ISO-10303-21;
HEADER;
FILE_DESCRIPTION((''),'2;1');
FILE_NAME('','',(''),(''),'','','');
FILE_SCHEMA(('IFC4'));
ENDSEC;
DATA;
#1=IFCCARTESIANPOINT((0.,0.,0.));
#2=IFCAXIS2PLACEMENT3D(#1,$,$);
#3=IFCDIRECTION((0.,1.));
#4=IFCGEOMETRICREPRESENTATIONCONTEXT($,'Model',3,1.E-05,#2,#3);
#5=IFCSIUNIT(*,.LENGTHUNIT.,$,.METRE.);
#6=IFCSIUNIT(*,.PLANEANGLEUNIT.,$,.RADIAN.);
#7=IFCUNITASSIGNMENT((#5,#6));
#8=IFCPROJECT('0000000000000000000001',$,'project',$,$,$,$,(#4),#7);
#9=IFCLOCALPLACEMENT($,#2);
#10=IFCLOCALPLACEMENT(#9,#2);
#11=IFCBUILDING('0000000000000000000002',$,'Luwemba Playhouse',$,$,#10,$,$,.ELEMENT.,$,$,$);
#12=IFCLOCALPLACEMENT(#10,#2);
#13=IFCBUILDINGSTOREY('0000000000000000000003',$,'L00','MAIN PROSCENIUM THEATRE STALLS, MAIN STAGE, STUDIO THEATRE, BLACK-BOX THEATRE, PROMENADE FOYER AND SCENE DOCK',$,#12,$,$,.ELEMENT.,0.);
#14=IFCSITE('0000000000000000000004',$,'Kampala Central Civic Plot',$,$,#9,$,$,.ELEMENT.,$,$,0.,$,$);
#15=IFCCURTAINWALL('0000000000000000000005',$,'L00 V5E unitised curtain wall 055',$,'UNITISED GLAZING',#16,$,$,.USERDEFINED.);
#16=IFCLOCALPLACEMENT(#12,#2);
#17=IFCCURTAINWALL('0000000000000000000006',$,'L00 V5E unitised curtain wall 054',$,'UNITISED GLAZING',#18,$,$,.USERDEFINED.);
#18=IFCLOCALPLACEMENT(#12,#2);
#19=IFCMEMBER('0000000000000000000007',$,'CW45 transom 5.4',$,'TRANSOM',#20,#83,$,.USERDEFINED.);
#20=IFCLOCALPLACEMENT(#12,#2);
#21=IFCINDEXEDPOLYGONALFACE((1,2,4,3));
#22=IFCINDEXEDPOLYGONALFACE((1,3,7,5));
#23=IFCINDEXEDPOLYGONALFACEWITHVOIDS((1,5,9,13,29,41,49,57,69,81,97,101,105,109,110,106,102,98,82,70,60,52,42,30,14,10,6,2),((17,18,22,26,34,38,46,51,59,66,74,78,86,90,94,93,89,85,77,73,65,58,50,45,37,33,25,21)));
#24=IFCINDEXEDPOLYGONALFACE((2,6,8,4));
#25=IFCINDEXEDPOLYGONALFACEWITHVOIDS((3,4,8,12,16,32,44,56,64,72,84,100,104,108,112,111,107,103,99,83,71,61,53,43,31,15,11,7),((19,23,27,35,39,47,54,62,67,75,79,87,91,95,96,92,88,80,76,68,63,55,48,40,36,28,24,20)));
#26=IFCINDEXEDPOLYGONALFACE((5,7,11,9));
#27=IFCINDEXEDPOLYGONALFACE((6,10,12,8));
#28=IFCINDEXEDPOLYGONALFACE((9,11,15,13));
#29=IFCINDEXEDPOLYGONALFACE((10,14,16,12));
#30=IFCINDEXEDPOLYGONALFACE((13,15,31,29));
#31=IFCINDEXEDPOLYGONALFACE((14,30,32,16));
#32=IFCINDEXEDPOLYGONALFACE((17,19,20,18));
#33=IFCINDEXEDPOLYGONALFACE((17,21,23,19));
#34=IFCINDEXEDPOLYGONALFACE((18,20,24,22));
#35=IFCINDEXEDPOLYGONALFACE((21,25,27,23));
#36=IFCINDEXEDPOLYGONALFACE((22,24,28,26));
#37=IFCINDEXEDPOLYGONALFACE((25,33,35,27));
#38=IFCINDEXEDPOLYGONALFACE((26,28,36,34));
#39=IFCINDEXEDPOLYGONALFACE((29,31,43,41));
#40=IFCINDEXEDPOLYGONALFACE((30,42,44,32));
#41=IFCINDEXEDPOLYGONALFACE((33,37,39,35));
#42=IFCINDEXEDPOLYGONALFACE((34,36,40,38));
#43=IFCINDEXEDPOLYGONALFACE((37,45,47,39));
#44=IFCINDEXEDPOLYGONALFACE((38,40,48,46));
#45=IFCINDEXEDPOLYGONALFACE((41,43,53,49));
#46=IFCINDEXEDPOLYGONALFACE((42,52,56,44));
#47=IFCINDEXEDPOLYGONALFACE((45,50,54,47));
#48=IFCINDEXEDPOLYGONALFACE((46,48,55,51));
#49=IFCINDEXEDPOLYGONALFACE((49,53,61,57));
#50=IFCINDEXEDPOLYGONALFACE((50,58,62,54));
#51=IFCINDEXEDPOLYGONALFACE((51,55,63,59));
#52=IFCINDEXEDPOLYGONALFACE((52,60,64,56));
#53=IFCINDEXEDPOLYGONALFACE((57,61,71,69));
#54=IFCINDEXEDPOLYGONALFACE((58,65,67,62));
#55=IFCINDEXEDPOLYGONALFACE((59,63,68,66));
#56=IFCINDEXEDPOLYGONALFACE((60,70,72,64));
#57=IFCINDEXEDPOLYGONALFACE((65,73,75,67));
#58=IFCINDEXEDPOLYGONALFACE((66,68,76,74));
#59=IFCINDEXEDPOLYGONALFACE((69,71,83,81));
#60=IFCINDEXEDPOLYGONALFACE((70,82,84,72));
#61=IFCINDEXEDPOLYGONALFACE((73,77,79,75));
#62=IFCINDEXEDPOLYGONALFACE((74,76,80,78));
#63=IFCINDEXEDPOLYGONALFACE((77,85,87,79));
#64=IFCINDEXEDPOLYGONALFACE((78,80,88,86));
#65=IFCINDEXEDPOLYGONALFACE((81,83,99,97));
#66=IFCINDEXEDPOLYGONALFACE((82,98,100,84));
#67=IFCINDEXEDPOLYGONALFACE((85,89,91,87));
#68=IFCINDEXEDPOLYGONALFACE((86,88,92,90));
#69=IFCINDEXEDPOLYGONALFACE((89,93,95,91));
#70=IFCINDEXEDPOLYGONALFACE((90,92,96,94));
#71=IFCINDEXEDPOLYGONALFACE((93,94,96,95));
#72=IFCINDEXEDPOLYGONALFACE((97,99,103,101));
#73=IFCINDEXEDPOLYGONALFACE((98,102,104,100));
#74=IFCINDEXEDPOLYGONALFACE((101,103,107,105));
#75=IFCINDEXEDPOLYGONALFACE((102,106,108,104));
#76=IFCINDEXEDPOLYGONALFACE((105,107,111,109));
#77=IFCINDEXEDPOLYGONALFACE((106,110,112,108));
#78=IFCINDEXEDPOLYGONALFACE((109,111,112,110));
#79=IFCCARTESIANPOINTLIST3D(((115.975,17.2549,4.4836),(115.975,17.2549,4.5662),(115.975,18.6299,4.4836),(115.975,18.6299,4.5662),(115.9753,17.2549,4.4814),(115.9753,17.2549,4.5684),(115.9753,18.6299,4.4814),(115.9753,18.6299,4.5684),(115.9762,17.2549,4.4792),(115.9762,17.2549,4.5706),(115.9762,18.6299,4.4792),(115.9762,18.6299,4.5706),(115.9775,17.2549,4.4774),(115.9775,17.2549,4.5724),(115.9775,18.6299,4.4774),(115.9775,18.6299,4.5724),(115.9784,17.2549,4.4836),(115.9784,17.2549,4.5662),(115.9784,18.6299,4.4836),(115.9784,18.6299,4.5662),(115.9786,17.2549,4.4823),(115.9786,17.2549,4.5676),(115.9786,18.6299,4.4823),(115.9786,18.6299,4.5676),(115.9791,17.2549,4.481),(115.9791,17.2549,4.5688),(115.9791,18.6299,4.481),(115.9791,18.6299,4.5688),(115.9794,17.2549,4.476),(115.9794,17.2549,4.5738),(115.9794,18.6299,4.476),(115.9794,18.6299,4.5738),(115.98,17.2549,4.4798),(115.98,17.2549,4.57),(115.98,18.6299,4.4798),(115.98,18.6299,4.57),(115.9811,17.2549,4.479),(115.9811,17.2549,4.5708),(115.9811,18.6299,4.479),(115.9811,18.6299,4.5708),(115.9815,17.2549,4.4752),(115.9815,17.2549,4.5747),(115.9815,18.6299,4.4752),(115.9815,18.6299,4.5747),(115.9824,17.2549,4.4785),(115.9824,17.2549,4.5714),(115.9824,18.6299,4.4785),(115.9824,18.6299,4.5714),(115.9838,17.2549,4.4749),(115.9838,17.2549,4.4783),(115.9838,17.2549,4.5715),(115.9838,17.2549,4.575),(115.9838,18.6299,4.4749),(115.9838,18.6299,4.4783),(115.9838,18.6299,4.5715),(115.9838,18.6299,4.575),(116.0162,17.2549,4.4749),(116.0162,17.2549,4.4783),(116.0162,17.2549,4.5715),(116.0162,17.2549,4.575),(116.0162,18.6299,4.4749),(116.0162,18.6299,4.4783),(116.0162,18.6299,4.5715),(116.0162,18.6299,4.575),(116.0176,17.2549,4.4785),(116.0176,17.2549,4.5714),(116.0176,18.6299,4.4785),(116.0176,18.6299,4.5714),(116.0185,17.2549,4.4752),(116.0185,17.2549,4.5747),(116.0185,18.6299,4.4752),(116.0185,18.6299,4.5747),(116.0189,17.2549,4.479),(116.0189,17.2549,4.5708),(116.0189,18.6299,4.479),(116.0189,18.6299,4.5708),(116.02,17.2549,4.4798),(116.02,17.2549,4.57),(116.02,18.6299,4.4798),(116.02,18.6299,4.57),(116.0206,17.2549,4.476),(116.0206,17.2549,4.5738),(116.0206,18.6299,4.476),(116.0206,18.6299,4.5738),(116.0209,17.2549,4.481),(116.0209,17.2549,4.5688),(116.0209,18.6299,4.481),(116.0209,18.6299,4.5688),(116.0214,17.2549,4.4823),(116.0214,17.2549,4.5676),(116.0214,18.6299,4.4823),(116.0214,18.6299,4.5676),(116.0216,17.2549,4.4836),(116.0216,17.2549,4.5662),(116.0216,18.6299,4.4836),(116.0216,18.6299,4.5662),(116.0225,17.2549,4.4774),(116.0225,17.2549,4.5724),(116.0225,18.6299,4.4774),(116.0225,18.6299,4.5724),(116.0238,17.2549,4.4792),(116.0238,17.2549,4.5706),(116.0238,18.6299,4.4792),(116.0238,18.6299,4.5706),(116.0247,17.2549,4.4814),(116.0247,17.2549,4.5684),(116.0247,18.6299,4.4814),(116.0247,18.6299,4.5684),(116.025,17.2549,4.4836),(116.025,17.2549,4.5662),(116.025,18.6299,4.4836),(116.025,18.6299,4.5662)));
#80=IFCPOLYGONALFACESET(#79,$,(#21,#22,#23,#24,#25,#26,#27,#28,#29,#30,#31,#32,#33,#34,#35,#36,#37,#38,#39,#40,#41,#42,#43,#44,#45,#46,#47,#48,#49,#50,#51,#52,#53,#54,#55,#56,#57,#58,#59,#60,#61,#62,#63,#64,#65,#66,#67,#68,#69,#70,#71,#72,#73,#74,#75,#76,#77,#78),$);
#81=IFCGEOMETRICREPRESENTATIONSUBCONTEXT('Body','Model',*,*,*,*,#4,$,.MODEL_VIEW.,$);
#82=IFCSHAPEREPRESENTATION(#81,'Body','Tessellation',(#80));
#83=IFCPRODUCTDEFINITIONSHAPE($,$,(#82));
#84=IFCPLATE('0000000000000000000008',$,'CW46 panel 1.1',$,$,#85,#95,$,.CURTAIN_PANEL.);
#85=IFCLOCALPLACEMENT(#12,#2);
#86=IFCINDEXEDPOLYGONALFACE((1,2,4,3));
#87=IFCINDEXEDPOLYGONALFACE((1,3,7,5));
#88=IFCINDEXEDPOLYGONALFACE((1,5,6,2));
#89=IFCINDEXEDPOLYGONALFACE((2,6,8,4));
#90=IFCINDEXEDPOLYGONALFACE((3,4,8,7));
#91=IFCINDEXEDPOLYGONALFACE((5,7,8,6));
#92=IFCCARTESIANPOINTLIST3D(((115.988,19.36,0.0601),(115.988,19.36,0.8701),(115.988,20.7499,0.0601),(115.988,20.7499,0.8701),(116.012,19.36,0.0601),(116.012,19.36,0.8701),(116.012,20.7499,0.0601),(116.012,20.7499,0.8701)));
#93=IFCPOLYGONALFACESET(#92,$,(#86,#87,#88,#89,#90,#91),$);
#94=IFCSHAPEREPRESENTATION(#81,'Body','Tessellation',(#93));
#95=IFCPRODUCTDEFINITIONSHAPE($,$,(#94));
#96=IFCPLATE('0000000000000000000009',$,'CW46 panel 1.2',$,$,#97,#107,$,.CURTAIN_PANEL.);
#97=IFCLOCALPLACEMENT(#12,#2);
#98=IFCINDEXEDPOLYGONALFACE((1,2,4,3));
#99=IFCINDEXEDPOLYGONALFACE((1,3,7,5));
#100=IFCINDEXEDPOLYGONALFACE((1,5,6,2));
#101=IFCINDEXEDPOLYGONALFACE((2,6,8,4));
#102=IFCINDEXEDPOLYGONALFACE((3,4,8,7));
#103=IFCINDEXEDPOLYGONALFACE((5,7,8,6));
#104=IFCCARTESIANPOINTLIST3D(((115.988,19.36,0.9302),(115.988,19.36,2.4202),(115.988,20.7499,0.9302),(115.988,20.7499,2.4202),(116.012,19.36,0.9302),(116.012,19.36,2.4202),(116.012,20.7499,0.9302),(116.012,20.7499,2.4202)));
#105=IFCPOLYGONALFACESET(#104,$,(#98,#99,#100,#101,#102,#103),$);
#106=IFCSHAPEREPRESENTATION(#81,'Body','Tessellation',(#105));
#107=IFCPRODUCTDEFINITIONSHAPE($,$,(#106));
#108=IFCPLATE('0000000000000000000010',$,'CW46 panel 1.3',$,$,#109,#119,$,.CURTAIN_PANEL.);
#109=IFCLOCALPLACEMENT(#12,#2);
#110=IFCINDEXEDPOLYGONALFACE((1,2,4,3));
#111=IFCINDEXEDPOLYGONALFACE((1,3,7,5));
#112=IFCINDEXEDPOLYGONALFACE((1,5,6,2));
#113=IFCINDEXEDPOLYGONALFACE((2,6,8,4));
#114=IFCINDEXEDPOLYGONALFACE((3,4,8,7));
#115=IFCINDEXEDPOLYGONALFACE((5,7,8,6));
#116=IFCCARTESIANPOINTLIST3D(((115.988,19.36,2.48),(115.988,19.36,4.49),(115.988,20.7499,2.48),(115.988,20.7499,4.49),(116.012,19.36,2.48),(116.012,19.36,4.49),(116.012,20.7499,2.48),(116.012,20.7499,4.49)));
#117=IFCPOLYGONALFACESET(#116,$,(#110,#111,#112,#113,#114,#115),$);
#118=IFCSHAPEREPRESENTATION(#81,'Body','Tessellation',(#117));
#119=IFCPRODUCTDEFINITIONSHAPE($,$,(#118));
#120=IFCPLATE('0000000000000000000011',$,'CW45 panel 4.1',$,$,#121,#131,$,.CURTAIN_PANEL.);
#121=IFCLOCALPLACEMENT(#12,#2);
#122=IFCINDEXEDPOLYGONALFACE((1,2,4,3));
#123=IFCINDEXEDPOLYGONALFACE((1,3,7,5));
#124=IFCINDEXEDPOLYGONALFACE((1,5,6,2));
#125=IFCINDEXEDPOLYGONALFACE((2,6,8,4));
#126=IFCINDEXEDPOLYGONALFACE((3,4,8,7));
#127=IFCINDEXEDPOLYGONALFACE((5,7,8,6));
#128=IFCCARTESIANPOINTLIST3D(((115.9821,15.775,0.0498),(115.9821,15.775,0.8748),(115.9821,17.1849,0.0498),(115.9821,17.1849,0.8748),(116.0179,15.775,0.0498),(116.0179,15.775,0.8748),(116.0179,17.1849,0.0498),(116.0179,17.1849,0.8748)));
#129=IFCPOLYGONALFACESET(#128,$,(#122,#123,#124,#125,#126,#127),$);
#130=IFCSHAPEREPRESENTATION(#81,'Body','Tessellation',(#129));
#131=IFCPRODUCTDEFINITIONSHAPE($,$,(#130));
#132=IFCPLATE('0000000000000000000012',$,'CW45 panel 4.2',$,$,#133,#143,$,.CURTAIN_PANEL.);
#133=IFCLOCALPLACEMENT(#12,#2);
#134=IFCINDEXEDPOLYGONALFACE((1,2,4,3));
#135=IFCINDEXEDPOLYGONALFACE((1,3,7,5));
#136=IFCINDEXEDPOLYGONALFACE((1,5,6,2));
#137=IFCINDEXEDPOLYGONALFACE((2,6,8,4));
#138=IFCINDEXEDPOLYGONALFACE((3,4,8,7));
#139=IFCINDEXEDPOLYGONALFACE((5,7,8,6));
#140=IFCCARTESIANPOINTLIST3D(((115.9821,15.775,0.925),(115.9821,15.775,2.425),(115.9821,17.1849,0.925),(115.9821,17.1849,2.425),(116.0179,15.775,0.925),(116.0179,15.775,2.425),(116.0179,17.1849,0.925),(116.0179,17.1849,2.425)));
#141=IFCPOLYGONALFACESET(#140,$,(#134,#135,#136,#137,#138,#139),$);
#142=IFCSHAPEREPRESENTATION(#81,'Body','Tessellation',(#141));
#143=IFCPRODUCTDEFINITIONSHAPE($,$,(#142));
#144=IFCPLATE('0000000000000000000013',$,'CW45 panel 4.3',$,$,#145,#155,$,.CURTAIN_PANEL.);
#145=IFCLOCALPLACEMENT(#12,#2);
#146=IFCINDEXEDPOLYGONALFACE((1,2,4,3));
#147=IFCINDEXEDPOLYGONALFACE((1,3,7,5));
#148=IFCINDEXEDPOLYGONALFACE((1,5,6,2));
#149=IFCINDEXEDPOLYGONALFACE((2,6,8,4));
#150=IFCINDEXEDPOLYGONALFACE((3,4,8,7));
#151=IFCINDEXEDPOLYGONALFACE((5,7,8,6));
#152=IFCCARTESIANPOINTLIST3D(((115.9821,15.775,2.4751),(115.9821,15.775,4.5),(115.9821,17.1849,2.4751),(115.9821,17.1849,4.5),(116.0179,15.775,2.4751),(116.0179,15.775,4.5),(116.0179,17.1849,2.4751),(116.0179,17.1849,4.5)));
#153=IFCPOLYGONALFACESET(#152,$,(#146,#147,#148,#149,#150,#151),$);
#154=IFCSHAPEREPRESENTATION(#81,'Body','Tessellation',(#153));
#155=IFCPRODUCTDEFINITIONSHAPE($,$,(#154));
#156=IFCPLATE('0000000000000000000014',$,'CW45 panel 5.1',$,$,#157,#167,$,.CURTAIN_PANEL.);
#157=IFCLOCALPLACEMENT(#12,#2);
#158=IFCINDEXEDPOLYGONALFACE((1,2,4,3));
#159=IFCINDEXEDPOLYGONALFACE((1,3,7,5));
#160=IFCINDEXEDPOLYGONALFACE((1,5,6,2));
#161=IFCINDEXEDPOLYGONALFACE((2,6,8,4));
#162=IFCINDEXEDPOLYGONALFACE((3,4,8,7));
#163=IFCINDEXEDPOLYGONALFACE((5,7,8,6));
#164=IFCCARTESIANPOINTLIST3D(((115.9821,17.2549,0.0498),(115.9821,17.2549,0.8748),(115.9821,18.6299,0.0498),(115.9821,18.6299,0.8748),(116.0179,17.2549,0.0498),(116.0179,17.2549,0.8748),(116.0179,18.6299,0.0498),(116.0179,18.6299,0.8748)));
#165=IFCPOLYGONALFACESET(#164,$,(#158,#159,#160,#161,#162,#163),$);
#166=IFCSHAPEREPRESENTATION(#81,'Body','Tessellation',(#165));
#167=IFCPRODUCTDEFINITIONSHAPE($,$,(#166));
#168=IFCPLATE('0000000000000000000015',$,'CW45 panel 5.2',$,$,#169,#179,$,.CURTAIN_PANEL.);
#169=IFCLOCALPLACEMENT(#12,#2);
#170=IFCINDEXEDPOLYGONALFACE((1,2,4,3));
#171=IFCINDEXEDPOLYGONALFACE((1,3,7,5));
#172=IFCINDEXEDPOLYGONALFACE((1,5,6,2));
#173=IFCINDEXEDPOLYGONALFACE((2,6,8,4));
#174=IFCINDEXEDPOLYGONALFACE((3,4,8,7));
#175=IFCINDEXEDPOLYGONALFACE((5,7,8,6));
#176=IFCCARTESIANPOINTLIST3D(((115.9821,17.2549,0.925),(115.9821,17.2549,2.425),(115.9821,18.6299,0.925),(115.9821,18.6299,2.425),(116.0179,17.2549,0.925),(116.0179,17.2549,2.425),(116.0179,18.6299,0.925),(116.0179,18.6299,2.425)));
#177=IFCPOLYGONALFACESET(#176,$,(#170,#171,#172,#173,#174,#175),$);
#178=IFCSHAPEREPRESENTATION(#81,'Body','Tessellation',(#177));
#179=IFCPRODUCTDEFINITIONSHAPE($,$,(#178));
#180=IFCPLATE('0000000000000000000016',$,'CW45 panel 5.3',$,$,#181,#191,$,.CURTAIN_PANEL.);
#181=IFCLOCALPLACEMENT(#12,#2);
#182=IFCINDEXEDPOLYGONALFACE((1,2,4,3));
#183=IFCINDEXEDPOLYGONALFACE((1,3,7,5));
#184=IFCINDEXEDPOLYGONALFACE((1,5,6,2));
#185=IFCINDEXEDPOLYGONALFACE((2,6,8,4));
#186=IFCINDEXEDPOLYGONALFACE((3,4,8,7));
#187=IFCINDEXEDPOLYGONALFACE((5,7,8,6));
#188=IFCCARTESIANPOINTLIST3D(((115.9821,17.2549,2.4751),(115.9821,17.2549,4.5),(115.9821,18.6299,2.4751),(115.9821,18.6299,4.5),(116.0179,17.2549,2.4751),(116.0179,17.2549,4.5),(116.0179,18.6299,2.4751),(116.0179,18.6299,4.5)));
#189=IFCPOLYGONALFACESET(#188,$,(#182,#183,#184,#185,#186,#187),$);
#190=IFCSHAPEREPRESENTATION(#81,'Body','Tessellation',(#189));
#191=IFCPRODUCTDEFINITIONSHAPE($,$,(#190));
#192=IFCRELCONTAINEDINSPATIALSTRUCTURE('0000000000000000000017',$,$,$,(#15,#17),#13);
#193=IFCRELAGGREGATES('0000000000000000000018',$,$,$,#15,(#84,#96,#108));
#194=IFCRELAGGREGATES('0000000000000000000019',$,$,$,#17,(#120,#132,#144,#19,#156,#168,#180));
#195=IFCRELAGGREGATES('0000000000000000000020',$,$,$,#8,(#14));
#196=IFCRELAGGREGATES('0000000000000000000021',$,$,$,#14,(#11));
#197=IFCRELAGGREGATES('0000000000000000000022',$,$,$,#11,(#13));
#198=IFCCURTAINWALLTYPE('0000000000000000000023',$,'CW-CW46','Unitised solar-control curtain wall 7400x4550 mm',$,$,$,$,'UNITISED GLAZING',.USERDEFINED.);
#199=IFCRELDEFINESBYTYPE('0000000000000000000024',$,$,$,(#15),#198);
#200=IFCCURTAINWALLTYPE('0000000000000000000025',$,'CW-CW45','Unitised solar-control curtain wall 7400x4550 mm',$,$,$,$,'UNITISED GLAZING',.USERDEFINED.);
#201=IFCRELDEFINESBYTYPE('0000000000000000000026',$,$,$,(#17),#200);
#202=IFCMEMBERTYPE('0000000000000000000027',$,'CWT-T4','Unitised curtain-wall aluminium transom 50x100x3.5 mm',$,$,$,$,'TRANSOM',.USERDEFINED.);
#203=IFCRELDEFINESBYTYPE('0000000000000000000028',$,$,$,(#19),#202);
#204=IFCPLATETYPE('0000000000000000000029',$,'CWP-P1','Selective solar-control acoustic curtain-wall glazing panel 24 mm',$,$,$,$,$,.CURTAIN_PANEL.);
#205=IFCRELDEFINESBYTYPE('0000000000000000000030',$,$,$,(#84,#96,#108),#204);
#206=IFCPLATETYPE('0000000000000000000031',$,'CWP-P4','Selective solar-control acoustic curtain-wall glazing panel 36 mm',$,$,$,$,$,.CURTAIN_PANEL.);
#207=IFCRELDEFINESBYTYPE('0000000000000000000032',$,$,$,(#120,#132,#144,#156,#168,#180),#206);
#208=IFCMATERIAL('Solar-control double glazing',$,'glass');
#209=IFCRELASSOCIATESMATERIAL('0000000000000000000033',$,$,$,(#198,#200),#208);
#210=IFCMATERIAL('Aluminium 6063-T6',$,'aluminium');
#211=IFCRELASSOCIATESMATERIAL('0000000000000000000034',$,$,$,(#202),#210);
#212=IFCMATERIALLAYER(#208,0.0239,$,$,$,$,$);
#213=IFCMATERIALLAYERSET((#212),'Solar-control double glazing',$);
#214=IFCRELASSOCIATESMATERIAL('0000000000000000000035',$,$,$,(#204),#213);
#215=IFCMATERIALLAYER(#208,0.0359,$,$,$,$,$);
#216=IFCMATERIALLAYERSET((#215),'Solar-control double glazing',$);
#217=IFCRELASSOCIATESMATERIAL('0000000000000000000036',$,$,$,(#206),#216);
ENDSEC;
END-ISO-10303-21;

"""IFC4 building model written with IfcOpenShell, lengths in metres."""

from ifc_helpers import new_model, si_unit, direction, frame, origin, origin_2d, place, context, subcontext, project, spatial, rectangle, hollow_rectangle, extrude, material, layer, layer_set, material_profile, profile_set, type_object, element, aggregate, save


model = new_model("IFC4")

# Units and contexts
model_context = context("Model", 3, precision=1e-05, world=origin(), true_north=direction((0.0, 1.0)))
body_context = subcontext(model_context, "Body", "Model", "MODEL_VIEW")
ifc_project = project(units=[si_unit("LENGTHUNIT", "METRE"), si_unit("PLANEANGLEUNIT", "RADIAN")], contexts=[model_context])

# Site, building, storey
site_placement = place(None, origin())
site = spatial("IfcSite", under=ifc_project, at=site_placement, Name="Kampala Central Civic Plot", CompositionType="ELEMENT", RefElevation=0.0)
building_placement = place(site_placement, origin())
building = spatial("IfcBuilding", under=site, at=building_placement, Name="Luwemba Playhouse", CompositionType="ELEMENT")
storey_placement = place(building_placement, origin())
storey = spatial("IfcBuildingStorey", under=building, at=storey_placement, Name="L00", Description="MAIN PROSCENIUM THEATRE STALLS, MAIN STAGE, STUDIO THEATRE, BLACK-BOX THEATRE, PROMENADE FOYER AND SCENE DOCK", CompositionType="ELEMENT", Elevation=0.0)

# Curtain wall
ifc_material_1 = material(Name="Solar-control double glazing", Category="glass")
curtain_wall_type_1 = type_object("IfcCurtainWallType", Name="CW-CW46", Description="Unitised solar-control curtain wall 7400x4550 mm", ElementType="UNITISED GLAZING", PredefinedType="USERDEFINED", material=ifc_material_1)
curtain_wall_1_placement = place(storey_placement, origin())
curtain_wall_1 = element("IfcCurtainWall", 1, at=curtain_wall_1_placement, inside=storey, type_object=curtain_wall_type_1, Name="L00 V5E unitised curtain wall 055", ObjectType="UNITISED GLAZING", PredefinedType="USERDEFINED")
ifc_material_2 = material(Name="Aluminium 6063-T6", Category="aluminium")

# Curtain wall
curtain_wall_type_2 = type_object("IfcCurtainWallType", Name="CW-CW45", Description="Unitised solar-control curtain wall 7400x4550 mm", ElementType="UNITISED GLAZING", PredefinedType="USERDEFINED", material=ifc_material_1)
curtain_wall_2_placement = place(storey_placement, origin())
curtain_wall_2 = element("IfcCurtainWall", 2, at=curtain_wall_2_placement, inside=storey, type_object=curtain_wall_type_2, Name="L00 V5E unitised curtain wall 054", ObjectType="UNITISED GLAZING", PredefinedType="USERDEFINED")

# Member
ifc_material_profile_1 = material_profile(ifc_material_2, hollow_rectangle(XDim=0.05, YDim=0.1001, WallThickness=0.0034, InnerFilletRadius=0.0054, OuterFilletRadius=0.0088, at=origin_2d()))
ifc_profile_set_1 = profile_set([ifc_material_profile_1], Name="Aluminium 6063-T6")
member_type_1 = type_object("IfcMemberType", Name="CWT-T4", Description="Unitised curtain-wall aluminium transom 50x100x3.5 mm", ElementType="TRANSOM", PredefinedType="USERDEFINED", material=ifc_profile_set_1)
member_1_placement = place(storey_placement, frame((116.0, 17.2549, 4.5249), z_axis=(0.0, 1.0, 0.0), x_axis=(-1.0, 0.0, 0.0)))
member_1 = element("IfcMember", 3, at=member_1_placement, type_object=member_type_1, Name="CW45 transom 5.4", ObjectType="TRANSOM", PredefinedType="USERDEFINED", context=body_context, shape_type="SweptSolid", body=[
    extrude(hollow_rectangle(XDim=0.05, YDim=0.1001, WallThickness=0.0034, InnerFilletRadius=0.0054, OuterFilletRadius=0.0088, at=origin_2d()), origin(), (0.0, 0.0, 1.0), 1.375),
])

# Plates
ifc_layer_1 = layer(ifc_material_1, 0.0239)
ifc_layer_set_1 = layer_set([ifc_layer_1], Name="Solar-control double glazing")
plate_type_1 = type_object("IfcPlateType", Name="CWP-P1", Description="Selective solar-control acoustic curtain-wall glazing panel 24 mm", PredefinedType="CURTAIN_PANEL", material=ifc_layer_set_1)
plate_1_placement = place(storey_placement, frame((116.0, 20.0549, 0.0601), z_axis=(0.0, 0.0, 1.0), x_axis=(0.0, 1.0, 0.0)))
plate_1 = element("IfcPlate", 4, at=plate_1_placement, type_object=plate_type_1, Name="CW46 panel 1.1", PredefinedType="CURTAIN_PANEL", context=body_context, shape_type="SweptSolid", body=[
    extrude(rectangle(XDim=1.3899, YDim=0.0239, at=origin_2d()), origin(), (0.0, 0.0, 1.0), 0.8101),
])
plate_2_placement = place(storey_placement, frame((116.0, 20.0549, 0.9302), z_axis=(0.0, 0.0, 1.0), x_axis=(0.0, 1.0, 0.0)))
plate_2 = element("IfcPlate", 5, at=plate_2_placement, type_object=plate_type_1, Name="CW46 panel 1.2", PredefinedType="CURTAIN_PANEL", context=body_context, shape_type="SweptSolid", body=[
    extrude(rectangle(XDim=1.3899, YDim=0.0239, at=origin_2d()), origin(), (0.0, 0.0, 1.0), 1.49),
])
plate_3_placement = place(storey_placement, frame((116.0, 20.0549, 2.48), z_axis=(0.0, 0.0, 1.0), x_axis=(0.0, 1.0, 0.0)))
plate_3 = element("IfcPlate", 6, at=plate_3_placement, type_object=plate_type_1, Name="CW46 panel 1.3", PredefinedType="CURTAIN_PANEL", context=body_context, shape_type="SweptSolid", body=[
    extrude(rectangle(XDim=1.3899, YDim=0.0239, at=origin_2d()), origin(), (0.0, 0.0, 1.0), 2.01),
])
aggregate(curtain_wall_1, [plate_1, plate_2, plate_3])
ifc_layer_2 = layer(ifc_material_1, 0.0359)
ifc_layer_set_2 = layer_set([ifc_layer_2], Name="Solar-control double glazing")
plate_type_2 = type_object("IfcPlateType", Name="CWP-P4", Description="Selective solar-control acoustic curtain-wall glazing panel 36 mm", PredefinedType="CURTAIN_PANEL", material=ifc_layer_set_2)
plate_4_placement = place(storey_placement, frame((116.0, 16.48, 0.0498), z_axis=(0.0, 0.0, 1.0), x_axis=(0.0, 1.0, 0.0)))
plate_4 = element("IfcPlate", 7, at=plate_4_placement, type_object=plate_type_2, Name="CW45 panel 4.1", PredefinedType="CURTAIN_PANEL", context=body_context, shape_type="SweptSolid", body=[
    extrude(rectangle(XDim=1.4099, YDim=0.0359, at=origin_2d()), origin(), (0.0, 0.0, 1.0), 0.825),
])
plate_5_placement = place(storey_placement, frame((116.0, 16.48, 0.925), z_axis=(0.0, 0.0, 1.0), x_axis=(0.0, 1.0, 0.0)))
plate_5 = element("IfcPlate", 8, at=plate_5_placement, type_object=plate_type_2, Name="CW45 panel 4.2", PredefinedType="CURTAIN_PANEL", context=body_context, shape_type="SweptSolid", body=[
    extrude(rectangle(XDim=1.4099, YDim=0.0359, at=origin_2d()), origin(), (0.0, 0.0, 1.0), 1.5),
])
plate_6_placement = place(storey_placement, frame((116.0, 16.48, 2.4751), z_axis=(0.0, 0.0, 1.0), x_axis=(0.0, 1.0, 0.0)))
plate_6 = element("IfcPlate", 9, at=plate_6_placement, type_object=plate_type_2, Name="CW45 panel 4.3", PredefinedType="CURTAIN_PANEL", context=body_context, shape_type="SweptSolid", body=[
    extrude(rectangle(XDim=1.4099, YDim=0.0359, at=origin_2d()), origin(), (0.0, 0.0, 1.0), 2.0249),
])
plate_7_placement = place(storey_placement, frame((116.0, 17.9424, 0.0498), z_axis=(0.0, 0.0, 1.0), x_axis=(0.0, 1.0, 0.0)))
plate_7 = element("IfcPlate", 10, at=plate_7_placement, type_object=plate_type_2, Name="CW45 panel 5.1", PredefinedType="CURTAIN_PANEL", context=body_context, shape_type="SweptSolid", body=[
    extrude(rectangle(XDim=1.375, YDim=0.0359, at=origin_2d()), origin(), (0.0, 0.0, 1.0), 0.825),
])
plate_8_placement = place(storey_placement, frame((116.0, 17.9424, 0.925), z_axis=(0.0, 0.0, 1.0), x_axis=(0.0, 1.0, 0.0)))
plate_8 = element("IfcPlate", 11, at=plate_8_placement, type_object=plate_type_2, Name="CW45 panel 5.2", PredefinedType="CURTAIN_PANEL", context=body_context, shape_type="SweptSolid", body=[
    extrude(rectangle(XDim=1.375, YDim=0.0359, at=origin_2d()), origin(), (0.0, 0.0, 1.0), 1.5),
])
plate_9_placement = place(storey_placement, frame((116.0, 17.9424, 2.4751), z_axis=(0.0, 0.0, 1.0), x_axis=(0.0, 1.0, 0.0)))
plate_9 = element("IfcPlate", 12, at=plate_9_placement, type_object=plate_type_2, Name="CW45 panel 5.3", PredefinedType="CURTAIN_PANEL", context=body_context, shape_type="SweptSolid", body=[
    extrude(rectangle(XDim=1.375, YDim=0.0359, at=origin_2d()), origin(), (0.0, 0.0, 1.0), 2.0249),
])
aggregate(curtain_wall_2, [plate_4, plate_5, plate_6, member_1, plate_7, plate_8, plate_9])

save(model, "model.ifc")
